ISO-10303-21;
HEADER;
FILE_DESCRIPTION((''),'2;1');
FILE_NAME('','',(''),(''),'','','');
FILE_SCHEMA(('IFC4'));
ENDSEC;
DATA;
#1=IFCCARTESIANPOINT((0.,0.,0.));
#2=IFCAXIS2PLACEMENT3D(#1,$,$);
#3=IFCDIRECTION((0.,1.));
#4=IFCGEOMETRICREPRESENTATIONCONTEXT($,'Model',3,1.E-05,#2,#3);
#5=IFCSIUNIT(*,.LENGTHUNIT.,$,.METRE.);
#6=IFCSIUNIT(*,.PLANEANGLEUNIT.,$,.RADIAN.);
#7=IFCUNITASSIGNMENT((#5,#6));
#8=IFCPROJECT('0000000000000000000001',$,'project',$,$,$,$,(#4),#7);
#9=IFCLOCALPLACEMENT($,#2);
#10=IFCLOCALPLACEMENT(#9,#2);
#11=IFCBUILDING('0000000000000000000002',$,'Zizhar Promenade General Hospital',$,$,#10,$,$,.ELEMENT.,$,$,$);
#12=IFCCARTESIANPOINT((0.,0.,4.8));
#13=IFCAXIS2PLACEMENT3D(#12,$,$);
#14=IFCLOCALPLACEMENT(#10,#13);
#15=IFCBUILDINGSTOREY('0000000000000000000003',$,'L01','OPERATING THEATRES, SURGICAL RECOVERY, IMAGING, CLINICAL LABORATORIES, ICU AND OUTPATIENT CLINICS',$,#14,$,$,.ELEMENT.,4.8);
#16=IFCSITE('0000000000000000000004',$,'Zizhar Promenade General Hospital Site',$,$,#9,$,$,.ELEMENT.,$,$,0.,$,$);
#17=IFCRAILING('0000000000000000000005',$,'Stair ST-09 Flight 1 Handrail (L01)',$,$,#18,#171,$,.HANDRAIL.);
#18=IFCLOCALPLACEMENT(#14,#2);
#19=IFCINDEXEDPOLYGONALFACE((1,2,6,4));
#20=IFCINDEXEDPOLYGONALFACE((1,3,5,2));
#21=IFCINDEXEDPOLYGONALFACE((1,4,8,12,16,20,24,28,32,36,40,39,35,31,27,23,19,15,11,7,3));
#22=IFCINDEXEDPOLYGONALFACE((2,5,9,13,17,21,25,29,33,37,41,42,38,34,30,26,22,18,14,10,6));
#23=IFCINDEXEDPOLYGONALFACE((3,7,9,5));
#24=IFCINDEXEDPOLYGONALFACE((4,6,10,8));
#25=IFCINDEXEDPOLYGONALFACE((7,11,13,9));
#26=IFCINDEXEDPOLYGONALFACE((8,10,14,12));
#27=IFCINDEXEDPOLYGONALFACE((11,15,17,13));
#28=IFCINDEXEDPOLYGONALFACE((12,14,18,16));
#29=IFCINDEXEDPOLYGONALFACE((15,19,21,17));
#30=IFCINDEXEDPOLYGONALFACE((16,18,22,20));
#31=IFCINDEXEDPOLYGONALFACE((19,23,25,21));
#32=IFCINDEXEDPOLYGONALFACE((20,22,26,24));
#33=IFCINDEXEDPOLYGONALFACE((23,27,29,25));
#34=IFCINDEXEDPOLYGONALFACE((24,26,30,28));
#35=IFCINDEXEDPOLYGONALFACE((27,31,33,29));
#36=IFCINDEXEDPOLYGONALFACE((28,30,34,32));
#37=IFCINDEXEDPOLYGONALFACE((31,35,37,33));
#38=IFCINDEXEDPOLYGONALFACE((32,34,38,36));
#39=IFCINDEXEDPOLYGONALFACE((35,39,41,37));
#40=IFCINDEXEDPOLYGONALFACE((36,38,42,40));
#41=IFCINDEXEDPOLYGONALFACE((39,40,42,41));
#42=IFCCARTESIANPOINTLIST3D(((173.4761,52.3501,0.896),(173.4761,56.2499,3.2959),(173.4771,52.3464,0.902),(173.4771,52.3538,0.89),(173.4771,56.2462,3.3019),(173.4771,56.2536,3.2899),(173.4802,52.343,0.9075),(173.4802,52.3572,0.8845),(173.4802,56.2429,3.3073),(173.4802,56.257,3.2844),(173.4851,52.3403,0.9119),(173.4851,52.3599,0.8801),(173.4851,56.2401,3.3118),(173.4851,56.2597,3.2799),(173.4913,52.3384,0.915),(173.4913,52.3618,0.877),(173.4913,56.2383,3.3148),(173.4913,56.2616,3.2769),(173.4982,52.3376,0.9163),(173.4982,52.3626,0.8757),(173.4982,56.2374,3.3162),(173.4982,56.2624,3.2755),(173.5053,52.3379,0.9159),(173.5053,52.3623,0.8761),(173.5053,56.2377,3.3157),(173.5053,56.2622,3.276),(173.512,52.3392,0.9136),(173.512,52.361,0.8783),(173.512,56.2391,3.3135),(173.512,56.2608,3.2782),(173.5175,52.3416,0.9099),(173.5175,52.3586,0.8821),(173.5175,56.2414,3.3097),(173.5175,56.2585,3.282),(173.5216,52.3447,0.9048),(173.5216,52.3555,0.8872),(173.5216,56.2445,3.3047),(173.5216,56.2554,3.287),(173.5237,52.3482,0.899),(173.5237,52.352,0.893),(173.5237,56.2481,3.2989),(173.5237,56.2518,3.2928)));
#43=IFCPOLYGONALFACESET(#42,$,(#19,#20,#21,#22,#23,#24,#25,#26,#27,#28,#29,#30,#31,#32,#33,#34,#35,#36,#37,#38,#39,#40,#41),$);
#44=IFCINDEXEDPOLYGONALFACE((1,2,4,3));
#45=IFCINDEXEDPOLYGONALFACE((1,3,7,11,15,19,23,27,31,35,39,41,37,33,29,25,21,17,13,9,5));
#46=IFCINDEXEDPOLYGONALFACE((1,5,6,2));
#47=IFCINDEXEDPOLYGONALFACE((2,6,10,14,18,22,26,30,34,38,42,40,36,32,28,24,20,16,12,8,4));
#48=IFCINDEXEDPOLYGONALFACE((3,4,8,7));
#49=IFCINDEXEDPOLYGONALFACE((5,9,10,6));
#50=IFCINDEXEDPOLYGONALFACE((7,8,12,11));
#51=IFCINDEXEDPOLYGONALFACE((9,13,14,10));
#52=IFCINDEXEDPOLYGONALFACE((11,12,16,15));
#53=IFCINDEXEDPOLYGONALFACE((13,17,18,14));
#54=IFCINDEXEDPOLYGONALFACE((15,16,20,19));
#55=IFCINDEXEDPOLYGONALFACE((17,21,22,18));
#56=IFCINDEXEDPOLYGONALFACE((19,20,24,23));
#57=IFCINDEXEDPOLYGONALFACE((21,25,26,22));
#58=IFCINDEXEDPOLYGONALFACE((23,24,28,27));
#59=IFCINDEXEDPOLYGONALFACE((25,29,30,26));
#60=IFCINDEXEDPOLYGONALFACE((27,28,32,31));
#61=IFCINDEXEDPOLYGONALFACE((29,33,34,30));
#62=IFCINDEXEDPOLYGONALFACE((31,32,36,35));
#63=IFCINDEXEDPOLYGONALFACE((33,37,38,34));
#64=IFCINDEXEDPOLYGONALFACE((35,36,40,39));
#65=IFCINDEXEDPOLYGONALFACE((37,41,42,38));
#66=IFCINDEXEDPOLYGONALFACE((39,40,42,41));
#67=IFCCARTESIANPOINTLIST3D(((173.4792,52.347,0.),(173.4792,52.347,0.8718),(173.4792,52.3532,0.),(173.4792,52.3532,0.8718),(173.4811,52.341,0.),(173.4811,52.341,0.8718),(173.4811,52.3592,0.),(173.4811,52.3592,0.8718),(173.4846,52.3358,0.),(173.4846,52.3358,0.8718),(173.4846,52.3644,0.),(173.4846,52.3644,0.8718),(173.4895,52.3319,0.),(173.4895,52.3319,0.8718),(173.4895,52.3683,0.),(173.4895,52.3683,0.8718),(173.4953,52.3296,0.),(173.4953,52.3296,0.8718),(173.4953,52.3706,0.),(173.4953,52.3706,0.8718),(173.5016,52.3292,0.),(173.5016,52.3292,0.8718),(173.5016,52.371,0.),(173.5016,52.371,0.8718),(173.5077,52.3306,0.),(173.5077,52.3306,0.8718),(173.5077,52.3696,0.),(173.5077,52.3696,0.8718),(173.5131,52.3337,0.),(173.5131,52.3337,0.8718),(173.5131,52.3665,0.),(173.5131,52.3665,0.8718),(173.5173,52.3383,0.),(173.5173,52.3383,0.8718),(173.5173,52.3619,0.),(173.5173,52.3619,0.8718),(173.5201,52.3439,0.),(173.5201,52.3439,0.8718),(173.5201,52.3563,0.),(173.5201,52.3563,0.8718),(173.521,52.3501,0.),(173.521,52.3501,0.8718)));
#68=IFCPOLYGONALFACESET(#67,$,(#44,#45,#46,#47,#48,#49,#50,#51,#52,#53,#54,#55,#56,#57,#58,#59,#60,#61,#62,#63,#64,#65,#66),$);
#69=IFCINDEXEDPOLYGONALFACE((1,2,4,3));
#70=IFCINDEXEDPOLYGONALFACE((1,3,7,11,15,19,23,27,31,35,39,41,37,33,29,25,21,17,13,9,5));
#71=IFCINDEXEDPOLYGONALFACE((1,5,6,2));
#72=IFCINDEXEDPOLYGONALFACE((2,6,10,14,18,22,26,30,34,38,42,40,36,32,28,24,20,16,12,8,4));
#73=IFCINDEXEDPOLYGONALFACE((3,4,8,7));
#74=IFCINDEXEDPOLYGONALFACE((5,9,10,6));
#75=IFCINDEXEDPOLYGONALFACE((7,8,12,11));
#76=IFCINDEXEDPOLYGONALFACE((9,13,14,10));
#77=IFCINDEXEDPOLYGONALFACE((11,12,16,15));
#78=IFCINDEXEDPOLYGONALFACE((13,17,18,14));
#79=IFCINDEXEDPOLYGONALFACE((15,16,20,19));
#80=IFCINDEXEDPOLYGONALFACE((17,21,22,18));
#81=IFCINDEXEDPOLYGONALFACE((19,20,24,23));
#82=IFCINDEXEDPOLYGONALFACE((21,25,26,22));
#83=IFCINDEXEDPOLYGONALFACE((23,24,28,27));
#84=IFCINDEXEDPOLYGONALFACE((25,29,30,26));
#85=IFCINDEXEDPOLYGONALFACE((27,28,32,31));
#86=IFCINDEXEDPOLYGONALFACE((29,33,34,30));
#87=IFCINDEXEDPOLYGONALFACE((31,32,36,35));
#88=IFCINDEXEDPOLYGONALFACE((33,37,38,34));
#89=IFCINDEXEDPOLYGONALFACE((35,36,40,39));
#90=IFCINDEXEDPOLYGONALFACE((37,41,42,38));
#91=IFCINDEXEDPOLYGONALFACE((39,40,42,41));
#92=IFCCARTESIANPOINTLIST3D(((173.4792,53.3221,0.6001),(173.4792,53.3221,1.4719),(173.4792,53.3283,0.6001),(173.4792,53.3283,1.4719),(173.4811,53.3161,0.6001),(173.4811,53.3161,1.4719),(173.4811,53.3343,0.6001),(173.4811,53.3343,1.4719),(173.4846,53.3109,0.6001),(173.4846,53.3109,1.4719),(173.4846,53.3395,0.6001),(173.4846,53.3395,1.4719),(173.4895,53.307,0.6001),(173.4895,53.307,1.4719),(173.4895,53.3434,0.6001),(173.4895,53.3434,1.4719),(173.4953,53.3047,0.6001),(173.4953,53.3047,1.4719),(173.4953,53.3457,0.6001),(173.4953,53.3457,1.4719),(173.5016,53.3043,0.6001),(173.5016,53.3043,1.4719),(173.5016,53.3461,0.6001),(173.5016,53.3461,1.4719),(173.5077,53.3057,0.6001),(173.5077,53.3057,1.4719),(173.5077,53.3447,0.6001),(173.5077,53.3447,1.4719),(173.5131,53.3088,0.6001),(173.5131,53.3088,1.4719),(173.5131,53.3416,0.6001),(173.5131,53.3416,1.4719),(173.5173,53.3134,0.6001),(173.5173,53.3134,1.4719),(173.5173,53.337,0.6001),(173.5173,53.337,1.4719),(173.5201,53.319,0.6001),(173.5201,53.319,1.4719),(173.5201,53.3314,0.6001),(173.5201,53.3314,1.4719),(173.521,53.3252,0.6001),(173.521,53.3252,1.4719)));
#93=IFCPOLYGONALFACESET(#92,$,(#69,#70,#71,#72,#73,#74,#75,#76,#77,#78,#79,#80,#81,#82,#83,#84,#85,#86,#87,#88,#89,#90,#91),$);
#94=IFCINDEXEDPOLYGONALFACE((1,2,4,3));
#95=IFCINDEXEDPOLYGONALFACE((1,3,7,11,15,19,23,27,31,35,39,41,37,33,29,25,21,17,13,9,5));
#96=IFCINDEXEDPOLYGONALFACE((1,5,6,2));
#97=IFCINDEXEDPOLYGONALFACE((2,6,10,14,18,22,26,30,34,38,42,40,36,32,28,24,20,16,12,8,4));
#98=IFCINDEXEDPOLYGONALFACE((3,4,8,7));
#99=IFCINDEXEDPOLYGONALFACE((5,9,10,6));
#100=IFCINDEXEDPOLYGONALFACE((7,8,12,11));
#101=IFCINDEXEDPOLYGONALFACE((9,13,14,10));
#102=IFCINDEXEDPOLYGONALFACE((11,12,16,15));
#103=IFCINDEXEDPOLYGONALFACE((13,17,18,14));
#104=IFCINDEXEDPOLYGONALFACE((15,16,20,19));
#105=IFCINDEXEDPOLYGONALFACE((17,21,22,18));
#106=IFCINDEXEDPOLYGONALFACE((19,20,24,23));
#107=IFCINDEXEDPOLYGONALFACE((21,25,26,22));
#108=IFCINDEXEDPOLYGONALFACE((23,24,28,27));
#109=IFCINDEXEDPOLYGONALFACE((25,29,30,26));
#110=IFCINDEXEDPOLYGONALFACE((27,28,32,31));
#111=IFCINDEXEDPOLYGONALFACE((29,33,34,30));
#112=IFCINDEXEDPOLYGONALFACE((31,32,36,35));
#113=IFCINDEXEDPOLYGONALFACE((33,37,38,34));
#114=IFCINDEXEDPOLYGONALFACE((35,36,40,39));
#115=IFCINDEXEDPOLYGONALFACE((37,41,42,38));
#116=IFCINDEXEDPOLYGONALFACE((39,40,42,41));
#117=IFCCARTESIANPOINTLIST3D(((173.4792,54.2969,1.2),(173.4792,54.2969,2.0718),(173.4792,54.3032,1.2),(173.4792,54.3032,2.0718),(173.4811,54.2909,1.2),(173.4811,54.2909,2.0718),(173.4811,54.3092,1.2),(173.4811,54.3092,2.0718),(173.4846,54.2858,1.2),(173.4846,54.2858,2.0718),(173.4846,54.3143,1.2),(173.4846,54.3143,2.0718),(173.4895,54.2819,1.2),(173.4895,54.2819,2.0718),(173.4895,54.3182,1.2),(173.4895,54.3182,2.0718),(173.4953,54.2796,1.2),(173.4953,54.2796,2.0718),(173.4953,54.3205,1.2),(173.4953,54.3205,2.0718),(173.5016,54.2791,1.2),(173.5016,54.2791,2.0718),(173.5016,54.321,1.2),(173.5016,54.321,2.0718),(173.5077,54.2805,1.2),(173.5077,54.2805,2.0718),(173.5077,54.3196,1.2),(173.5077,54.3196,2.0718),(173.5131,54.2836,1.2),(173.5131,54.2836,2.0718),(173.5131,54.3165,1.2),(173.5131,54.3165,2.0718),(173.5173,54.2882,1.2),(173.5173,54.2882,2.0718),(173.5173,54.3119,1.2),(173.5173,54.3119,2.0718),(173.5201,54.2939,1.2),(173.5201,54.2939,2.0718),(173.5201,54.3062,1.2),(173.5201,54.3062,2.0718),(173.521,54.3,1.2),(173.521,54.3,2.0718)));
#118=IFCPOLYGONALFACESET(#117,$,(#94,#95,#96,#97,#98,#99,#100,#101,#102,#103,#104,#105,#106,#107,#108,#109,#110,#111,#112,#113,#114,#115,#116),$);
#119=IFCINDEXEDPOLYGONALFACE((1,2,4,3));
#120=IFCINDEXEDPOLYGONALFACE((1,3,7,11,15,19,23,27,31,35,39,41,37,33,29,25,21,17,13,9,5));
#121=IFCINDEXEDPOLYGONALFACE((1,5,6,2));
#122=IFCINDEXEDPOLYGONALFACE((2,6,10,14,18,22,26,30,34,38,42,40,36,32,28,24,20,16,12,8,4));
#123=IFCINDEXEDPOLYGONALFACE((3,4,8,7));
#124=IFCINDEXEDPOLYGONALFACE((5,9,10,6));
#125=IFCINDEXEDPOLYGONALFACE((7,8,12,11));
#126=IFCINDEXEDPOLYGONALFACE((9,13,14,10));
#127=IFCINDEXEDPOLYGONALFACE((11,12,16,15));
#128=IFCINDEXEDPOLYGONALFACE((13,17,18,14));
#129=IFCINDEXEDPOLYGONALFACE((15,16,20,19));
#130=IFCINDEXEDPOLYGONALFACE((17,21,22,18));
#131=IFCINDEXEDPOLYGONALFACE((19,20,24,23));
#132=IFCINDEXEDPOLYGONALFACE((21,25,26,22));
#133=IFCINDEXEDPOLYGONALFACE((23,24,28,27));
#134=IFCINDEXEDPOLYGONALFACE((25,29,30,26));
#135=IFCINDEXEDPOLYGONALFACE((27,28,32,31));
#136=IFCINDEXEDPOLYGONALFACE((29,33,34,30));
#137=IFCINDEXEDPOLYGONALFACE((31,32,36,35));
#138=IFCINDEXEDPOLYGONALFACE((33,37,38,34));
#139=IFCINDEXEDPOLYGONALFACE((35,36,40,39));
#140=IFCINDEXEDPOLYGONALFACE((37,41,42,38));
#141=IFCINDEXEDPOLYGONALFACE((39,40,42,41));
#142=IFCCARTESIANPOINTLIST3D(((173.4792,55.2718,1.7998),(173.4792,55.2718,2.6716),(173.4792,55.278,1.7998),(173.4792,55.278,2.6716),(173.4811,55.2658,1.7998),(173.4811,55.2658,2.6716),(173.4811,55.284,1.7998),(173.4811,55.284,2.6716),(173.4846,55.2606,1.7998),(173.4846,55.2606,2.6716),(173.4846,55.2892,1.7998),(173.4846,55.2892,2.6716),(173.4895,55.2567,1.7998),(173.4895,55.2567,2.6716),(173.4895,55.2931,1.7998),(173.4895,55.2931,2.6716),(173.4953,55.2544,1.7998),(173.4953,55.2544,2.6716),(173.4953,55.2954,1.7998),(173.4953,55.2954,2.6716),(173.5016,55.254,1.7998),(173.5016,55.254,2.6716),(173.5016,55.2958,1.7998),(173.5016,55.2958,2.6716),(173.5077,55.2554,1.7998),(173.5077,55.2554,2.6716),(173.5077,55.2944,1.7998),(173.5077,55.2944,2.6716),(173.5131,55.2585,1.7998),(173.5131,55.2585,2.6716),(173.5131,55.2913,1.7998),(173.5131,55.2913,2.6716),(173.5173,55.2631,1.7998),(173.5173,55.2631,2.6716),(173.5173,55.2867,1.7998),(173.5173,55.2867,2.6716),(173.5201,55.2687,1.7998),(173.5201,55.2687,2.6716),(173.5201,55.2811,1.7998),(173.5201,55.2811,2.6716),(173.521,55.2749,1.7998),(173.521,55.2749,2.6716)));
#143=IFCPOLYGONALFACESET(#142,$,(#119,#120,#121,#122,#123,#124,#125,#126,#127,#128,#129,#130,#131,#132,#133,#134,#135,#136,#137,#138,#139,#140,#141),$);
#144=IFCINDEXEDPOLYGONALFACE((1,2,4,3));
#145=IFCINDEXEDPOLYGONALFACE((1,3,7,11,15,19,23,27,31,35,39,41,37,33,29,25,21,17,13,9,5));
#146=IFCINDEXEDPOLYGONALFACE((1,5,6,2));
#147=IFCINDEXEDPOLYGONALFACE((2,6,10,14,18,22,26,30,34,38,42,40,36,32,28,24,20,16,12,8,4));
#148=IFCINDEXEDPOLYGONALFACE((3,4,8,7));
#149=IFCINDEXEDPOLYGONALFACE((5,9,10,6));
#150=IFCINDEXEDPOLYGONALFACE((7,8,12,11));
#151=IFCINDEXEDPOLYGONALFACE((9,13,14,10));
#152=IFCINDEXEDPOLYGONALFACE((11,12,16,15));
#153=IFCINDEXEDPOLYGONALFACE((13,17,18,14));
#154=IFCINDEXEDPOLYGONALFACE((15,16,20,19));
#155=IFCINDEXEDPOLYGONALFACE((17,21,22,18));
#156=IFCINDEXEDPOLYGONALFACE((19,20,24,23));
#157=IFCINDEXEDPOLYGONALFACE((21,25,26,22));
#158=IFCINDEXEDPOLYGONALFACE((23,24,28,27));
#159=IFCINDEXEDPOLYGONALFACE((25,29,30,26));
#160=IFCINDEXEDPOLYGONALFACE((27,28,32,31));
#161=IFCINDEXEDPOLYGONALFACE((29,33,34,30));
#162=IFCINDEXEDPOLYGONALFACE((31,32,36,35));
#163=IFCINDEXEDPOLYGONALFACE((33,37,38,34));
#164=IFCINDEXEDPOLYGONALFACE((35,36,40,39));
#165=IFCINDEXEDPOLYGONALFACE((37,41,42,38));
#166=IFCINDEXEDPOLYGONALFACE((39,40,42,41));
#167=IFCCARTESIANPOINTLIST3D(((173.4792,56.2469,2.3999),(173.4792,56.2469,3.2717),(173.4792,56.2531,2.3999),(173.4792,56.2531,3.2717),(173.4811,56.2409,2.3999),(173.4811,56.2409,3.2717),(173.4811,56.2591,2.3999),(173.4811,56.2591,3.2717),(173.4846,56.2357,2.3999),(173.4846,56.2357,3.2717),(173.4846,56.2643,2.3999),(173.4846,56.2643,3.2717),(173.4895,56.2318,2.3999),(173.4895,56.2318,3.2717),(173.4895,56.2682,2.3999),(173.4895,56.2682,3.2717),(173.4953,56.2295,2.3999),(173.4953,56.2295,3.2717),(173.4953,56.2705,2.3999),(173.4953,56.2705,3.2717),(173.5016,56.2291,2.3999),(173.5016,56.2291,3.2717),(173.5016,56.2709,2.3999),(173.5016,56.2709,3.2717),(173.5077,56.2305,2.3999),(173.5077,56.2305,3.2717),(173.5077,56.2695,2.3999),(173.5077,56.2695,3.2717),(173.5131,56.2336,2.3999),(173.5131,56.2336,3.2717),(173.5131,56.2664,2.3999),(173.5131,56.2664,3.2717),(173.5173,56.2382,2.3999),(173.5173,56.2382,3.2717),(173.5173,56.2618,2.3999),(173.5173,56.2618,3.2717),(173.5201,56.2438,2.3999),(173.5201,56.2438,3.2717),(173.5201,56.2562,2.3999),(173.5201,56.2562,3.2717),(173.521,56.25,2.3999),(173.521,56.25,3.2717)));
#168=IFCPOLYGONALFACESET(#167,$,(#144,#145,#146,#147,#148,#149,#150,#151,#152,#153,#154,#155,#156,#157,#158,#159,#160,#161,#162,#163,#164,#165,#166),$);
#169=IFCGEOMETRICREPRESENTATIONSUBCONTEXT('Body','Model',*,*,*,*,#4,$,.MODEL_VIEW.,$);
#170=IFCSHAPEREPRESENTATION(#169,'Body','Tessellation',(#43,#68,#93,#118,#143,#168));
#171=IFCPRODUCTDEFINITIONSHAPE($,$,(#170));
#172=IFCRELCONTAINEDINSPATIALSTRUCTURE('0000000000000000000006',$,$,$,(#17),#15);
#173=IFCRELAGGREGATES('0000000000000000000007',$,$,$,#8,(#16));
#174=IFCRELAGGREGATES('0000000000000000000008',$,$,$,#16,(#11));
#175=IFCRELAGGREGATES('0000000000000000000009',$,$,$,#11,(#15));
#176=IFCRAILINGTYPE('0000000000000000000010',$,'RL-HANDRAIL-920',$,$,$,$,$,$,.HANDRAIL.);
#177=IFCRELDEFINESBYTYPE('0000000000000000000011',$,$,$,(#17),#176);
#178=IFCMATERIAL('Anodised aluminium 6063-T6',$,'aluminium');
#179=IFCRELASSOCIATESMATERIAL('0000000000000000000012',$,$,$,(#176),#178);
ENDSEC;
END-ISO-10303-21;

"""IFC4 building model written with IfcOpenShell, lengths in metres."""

from ifc_helpers import new_model, si_unit, direction, frame, origin, origin_2d, place, context, subcontext, project, spatial, circle, hollow_circle, extrude, material, material_profile, profile_set, type_object, element, save


model = new_model("IFC4")

# Units and contexts
model_context = context("Model", 3, precision=1e-05, world=origin(), true_north=direction((0.0, 1.0)))
body_context = subcontext(model_context, "Body", "Model", "MODEL_VIEW")
ifc_project = project(units=[si_unit("LENGTHUNIT", "METRE"), si_unit("PLANEANGLEUNIT", "RADIAN")], contexts=[model_context])

# Site, building, storey
site_placement = place(None, origin())
site = spatial("IfcSite", under=ifc_project, at=site_placement, Name="Zizhar Promenade General Hospital Site", CompositionType="ELEMENT", RefElevation=0.0)
building_placement = place(site_placement, origin())
building = spatial("IfcBuilding", under=site, at=building_placement, Name="Zizhar Promenade General Hospital", CompositionType="ELEMENT")
storey_placement = place(building_placement, frame((0.0, 0.0, 4.8)))
storey = spatial("IfcBuildingStorey", under=building, at=storey_placement, Name="L01", Description="OPERATING THEATRES, SURGICAL RECOVERY, IMAGING, CLINICAL LABORATORIES, ICU AND OUTPATIENT CLINICS", CompositionType="ELEMENT", Elevation=4.8)

# Railing
ifc_material_1 = material(Name="Anodised aluminium 6063-T6", Category="aluminium")
ifc_material_profile_1 = material_profile(ifc_material_1, hollow_circle(Radius=0.0698, WallThickness=0.0063, at=origin_2d()))
ifc_profile_set_1 = profile_set([ifc_material_profile_1], Name="Anodised aluminium 6063-T6")
railing_type_1 = type_object("IfcRailingType", Name="RL-HANDRAIL-920", PredefinedType="HANDRAIL", material=ifc_profile_set_1)
railing_1_placement = place(storey_placement, frame((173.5, 52.3501, 0.0)))
element("IfcRailing", 1, at=railing_1_placement, inside=storey, type_object=railing_type_1, Name="Stair ST-09 Flight 1 Handrail (L01)", PredefinedType="HANDRAIL", context=body_context, shape_type="SweptSolid", body=[
    extrude(circle(Radius=0.0239, at=origin_2d()), frame((0.0, 0.0, 0.896), z_axis=(0.0, 0.851662, 0.524091), x_axis=(-1.0, 0.0, 0.0)), (0.0, 0.0, 1.0), 4.5791),
    extrude(circle(Radius=0.021, at=origin_2d()), origin(), (0.0, 0.0, 1.0), 0.8718),
    extrude(circle(Radius=0.021, at=origin_2d()), frame((0.0, 0.9751, 0.6001)), (0.0, 0.0, 1.0), 0.8718),
    extrude(circle(Radius=0.021, at=origin_2d()), frame((0.0, 1.95, 1.2)), (0.0, 0.0, 1.0), 0.8718),
    extrude(circle(Radius=0.021, at=origin_2d()), frame((0.0, 2.9248, 1.7998)), (0.0, 0.0, 1.0), 0.8718),
    extrude(circle(Radius=0.021, at=origin_2d()), frame((0.0, 3.8999, 2.3999)), (0.0, 0.0, 1.0), 0.8718),
])

save(model, "model.ifc")
